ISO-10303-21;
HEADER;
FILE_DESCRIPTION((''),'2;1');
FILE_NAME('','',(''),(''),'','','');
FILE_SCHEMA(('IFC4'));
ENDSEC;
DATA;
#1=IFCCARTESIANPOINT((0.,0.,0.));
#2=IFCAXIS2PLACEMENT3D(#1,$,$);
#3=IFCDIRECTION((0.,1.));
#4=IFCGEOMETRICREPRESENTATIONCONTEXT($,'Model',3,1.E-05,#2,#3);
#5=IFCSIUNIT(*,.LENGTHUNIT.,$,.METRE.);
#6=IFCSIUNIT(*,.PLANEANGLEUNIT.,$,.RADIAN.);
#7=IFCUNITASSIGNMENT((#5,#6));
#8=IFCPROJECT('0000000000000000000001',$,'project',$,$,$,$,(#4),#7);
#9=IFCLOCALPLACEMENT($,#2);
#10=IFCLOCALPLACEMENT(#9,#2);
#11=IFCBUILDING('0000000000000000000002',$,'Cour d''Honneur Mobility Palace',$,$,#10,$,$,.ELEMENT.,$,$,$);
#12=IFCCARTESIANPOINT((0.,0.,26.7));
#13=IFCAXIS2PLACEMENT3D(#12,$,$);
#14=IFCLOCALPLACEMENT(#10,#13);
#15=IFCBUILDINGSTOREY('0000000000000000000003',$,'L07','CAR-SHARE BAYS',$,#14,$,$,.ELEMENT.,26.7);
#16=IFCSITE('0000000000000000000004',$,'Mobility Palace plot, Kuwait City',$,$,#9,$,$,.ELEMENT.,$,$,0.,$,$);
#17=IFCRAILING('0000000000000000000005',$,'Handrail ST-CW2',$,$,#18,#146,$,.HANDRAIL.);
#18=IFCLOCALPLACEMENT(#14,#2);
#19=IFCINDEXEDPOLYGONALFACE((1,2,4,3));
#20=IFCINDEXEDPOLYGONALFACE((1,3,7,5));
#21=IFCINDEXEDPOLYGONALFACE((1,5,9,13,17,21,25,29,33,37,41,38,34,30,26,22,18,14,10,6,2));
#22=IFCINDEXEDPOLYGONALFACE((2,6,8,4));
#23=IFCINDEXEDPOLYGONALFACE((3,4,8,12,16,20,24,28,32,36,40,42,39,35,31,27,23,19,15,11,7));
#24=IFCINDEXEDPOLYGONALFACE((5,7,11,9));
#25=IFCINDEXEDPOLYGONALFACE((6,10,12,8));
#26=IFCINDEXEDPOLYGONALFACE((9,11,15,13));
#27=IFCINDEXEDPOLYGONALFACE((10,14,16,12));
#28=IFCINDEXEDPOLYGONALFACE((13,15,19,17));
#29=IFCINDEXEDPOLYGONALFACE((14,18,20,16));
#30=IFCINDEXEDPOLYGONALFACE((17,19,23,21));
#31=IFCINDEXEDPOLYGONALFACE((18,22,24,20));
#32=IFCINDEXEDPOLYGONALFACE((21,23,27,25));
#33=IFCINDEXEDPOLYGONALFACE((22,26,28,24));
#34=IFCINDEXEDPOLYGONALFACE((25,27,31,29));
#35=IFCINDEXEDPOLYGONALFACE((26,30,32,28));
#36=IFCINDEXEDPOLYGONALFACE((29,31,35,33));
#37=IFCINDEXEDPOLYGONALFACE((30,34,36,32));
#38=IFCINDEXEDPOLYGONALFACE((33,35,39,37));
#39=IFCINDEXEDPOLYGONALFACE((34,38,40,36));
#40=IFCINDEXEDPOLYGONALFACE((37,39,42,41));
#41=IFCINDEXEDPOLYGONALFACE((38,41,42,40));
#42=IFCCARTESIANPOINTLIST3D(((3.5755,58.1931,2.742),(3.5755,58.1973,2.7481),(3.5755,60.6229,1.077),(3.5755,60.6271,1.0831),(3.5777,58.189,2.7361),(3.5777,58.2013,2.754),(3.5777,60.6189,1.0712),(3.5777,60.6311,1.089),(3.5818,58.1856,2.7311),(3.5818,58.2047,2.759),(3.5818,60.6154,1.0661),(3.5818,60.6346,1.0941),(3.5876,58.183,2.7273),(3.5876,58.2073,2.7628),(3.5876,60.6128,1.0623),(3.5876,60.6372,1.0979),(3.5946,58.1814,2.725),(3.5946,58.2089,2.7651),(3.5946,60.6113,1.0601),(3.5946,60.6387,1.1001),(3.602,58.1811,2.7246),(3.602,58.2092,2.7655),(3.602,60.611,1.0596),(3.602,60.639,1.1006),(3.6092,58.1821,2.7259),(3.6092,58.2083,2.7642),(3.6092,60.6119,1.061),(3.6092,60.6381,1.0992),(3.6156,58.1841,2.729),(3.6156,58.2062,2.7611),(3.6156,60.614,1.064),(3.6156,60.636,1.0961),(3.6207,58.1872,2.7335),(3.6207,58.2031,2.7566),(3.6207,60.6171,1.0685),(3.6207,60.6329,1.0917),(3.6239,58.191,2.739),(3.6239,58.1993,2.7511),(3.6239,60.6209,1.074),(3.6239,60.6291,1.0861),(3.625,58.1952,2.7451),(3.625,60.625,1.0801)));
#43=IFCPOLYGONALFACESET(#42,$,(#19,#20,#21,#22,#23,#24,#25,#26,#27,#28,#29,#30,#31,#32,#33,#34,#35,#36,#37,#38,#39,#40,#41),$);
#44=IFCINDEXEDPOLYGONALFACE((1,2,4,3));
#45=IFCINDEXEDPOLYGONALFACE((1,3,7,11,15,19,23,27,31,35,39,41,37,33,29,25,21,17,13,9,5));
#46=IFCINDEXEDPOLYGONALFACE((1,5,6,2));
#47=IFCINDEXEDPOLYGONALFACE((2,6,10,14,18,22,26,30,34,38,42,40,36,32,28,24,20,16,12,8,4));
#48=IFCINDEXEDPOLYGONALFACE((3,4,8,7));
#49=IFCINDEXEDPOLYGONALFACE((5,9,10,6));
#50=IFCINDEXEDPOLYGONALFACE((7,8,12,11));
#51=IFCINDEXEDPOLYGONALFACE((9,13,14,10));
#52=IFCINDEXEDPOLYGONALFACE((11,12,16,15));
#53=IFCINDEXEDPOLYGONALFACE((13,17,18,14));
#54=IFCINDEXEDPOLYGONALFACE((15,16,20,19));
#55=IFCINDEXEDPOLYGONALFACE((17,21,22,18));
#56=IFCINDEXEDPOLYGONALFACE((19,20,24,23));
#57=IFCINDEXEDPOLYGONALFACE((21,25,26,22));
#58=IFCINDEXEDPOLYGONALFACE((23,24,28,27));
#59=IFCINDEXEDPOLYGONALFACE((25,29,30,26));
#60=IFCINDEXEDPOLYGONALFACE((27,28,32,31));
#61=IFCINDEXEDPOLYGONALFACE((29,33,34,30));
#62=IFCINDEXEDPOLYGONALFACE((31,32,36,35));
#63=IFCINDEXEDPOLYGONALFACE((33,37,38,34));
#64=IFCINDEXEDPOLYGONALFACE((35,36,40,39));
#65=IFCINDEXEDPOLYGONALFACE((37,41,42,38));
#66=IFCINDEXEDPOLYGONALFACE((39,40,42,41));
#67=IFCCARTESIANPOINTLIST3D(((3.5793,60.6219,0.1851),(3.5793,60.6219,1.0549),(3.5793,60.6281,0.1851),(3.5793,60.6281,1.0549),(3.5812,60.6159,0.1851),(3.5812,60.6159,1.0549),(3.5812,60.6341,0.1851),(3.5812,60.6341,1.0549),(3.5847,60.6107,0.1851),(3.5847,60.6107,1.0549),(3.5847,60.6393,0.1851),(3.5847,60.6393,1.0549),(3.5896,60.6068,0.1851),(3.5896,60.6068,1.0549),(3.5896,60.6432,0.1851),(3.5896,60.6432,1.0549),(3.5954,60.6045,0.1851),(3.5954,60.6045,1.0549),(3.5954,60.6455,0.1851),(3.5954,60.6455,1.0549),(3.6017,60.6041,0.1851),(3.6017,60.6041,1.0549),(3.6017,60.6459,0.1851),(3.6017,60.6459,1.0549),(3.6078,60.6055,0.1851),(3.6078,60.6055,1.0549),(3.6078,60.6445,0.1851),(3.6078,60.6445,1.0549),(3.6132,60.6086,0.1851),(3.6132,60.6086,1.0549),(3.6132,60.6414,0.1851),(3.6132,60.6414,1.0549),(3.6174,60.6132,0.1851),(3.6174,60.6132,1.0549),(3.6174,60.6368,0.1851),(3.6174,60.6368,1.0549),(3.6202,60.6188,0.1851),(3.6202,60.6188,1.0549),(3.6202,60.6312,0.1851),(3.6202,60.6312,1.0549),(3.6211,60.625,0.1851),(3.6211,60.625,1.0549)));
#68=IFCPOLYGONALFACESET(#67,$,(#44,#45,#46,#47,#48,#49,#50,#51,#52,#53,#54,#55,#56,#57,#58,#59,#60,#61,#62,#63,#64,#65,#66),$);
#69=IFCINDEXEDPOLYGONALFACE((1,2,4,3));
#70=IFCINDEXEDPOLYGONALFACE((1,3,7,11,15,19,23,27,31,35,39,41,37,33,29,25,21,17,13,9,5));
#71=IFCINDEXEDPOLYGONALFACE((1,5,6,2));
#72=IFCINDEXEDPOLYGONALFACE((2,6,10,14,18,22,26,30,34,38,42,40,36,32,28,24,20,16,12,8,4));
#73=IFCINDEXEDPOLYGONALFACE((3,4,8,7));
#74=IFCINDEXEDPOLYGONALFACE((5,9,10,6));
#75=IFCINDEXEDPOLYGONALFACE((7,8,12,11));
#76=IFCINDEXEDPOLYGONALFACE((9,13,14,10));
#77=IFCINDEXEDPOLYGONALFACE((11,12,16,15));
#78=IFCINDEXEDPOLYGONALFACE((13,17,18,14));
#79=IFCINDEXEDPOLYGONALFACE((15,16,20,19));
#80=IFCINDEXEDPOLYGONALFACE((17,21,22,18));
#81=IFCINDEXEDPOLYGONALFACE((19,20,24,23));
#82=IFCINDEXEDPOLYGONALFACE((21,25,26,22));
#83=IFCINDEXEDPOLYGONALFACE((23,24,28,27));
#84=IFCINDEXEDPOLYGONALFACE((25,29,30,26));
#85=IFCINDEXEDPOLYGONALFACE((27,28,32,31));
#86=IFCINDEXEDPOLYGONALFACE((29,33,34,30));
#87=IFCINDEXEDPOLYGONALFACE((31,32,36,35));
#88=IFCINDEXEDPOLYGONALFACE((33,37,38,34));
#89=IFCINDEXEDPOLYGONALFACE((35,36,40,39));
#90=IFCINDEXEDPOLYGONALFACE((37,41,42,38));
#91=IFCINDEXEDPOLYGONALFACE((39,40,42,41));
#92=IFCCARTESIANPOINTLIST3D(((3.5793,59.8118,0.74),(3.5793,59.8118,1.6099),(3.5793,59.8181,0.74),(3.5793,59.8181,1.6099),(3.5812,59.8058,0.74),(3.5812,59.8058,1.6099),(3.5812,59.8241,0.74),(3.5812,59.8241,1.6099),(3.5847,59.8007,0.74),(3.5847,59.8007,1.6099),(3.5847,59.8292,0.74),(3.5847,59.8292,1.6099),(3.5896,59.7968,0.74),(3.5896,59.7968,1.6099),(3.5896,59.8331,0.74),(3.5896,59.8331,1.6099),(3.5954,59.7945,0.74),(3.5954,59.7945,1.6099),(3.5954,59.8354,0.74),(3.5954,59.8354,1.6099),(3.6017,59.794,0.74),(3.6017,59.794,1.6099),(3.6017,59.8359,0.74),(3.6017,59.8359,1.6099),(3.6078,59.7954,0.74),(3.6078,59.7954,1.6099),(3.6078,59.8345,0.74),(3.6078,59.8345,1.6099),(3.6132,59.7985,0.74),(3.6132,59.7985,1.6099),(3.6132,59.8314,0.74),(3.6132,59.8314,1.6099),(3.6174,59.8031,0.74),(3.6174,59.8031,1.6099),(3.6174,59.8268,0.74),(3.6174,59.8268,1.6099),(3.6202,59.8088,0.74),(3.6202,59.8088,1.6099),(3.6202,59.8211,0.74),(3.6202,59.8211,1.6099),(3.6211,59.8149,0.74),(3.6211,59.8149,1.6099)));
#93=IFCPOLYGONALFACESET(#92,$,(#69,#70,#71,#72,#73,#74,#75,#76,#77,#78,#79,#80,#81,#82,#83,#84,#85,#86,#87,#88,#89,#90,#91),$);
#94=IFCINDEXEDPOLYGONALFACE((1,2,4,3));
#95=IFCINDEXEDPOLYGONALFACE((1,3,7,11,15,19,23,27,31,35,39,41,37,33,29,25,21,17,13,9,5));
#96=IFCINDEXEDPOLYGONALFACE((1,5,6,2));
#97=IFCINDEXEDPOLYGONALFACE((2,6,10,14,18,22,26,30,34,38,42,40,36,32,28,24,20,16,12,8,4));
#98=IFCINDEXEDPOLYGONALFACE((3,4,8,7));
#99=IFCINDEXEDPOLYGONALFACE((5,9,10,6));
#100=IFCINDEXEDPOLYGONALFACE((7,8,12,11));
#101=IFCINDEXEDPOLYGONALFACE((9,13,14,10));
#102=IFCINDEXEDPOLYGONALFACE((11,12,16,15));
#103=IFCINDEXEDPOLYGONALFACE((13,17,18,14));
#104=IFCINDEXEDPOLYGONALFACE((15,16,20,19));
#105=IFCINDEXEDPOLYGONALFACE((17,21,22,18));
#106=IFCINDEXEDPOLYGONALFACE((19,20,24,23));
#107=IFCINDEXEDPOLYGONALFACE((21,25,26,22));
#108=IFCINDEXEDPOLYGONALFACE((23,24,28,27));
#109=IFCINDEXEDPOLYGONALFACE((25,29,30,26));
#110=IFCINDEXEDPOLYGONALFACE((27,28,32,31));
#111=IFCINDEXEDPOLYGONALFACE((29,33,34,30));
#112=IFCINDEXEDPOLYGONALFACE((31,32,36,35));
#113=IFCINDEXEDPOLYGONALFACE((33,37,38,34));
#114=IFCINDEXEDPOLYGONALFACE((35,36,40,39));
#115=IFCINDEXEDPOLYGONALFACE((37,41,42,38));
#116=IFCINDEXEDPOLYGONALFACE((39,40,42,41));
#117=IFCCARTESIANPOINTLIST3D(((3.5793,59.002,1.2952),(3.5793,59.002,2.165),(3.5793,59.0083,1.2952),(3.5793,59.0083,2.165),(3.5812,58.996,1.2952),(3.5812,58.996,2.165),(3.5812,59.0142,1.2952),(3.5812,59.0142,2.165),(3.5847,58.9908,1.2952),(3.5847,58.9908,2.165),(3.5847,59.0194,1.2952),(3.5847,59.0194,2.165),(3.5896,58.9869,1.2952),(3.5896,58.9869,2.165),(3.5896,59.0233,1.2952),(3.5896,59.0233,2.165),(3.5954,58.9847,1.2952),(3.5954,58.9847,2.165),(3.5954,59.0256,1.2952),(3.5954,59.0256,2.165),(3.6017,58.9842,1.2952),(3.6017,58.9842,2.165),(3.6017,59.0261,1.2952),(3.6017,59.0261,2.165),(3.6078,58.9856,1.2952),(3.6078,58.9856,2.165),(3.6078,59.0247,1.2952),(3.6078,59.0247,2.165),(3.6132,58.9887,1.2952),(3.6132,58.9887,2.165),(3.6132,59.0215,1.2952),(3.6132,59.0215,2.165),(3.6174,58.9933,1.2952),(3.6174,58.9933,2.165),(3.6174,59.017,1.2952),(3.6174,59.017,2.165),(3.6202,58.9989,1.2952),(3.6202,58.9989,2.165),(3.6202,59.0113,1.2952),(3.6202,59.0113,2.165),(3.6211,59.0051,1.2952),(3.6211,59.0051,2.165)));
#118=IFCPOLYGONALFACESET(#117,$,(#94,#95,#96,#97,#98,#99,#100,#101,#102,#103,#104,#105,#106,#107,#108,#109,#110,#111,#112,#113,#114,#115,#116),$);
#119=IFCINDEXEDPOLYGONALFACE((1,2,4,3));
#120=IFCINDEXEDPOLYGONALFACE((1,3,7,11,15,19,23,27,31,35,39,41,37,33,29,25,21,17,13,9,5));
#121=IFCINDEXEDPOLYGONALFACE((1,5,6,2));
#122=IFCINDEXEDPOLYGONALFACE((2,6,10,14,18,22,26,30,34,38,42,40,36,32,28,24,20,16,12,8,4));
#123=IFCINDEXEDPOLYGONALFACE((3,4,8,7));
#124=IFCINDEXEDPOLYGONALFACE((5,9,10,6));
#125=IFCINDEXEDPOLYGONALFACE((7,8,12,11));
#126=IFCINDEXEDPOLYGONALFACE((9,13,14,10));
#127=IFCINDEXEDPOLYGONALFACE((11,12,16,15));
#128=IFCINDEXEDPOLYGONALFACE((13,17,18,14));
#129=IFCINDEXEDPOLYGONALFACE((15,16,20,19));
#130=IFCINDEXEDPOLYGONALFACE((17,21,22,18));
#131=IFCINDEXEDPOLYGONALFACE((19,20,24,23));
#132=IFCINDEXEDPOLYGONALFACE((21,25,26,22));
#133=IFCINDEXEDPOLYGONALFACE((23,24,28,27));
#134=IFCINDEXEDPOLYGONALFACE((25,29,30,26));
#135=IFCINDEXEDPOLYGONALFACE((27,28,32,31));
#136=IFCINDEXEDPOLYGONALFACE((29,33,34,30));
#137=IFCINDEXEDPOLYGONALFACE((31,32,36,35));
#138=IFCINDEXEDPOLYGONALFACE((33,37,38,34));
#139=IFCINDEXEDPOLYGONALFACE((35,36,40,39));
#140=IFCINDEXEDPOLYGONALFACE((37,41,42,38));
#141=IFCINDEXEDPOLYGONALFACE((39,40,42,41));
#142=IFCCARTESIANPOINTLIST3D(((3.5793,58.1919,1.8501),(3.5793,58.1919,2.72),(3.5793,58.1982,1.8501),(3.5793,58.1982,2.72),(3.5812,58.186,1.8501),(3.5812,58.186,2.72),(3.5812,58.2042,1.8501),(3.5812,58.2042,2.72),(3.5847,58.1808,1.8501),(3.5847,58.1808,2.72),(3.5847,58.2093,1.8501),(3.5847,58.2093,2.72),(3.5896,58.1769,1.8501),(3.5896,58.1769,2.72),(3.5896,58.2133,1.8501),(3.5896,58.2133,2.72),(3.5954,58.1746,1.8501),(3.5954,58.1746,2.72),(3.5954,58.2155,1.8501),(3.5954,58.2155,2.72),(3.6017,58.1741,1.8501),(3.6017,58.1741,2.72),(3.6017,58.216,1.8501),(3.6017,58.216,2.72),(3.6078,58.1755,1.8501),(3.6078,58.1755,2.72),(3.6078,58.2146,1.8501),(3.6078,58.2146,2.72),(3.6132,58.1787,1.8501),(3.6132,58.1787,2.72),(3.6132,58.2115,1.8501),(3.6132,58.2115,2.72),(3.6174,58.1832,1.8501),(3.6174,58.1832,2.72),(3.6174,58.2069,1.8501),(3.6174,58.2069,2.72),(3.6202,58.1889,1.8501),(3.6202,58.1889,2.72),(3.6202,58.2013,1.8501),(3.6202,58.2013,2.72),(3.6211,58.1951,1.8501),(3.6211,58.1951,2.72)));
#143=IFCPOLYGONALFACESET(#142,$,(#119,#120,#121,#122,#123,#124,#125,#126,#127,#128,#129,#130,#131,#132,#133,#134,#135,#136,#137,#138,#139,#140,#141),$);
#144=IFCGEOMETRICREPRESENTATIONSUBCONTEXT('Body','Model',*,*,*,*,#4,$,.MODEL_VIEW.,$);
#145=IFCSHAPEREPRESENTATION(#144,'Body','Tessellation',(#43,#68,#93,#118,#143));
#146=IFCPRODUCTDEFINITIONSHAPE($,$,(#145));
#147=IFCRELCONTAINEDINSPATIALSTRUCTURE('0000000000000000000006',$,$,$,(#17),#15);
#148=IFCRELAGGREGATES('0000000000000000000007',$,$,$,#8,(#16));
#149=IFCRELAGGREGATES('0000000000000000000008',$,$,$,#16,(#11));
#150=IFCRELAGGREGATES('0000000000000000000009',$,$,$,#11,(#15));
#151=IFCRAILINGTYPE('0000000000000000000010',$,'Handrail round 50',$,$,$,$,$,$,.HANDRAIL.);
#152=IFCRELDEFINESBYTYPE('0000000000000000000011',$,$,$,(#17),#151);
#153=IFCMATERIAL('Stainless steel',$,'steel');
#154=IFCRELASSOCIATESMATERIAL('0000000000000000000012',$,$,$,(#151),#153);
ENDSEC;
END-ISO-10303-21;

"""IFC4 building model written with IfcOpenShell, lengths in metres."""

from ifc_helpers import new_model, si_unit, direction, frame, origin, origin_2d, place, context, subcontext, project, spatial, circle, extrude, material, type_object, element, save


model = new_model("IFC4")

# Units and contexts
model_context = context("Model", 3, precision=1e-05, world=origin(), true_north=direction((0.0, 1.0)))
body_context = subcontext(model_context, "Body", "Model", "MODEL_VIEW")
ifc_project = project(units=[si_unit("LENGTHUNIT", "METRE"), si_unit("PLANEANGLEUNIT", "RADIAN")], contexts=[model_context])

# Site, building, storey
site_placement = place(None, origin())
site = spatial("IfcSite", under=ifc_project, at=site_placement, Name="Mobility Palace plot, Kuwait City", CompositionType="ELEMENT", RefElevation=0.0)
building_placement = place(site_placement, origin())
building = spatial("IfcBuilding", under=site, at=building_placement, Name="Cour d'Honneur Mobility Palace", CompositionType="ELEMENT")
storey_placement = place(building_placement, frame((0.0, 0.0, 26.7)))
storey = spatial("IfcBuildingStorey", under=building, at=storey_placement, Name="L07", Description="CAR-SHARE BAYS", CompositionType="ELEMENT", Elevation=26.7)

# Railing
ifc_material_1 = material(Name="Stainless steel", Category="steel")
railing_type_1 = type_object("IfcRailingType", Name="Handrail round 50", PredefinedType="HANDRAIL", material=ifc_material_1)
railing_1_placement = place(storey_placement, frame((3.6001, 60.625, 0.1851)))
element("IfcRailing", 1, at=railing_1_placement, inside=storey, type_object=railing_type_1, Name="Handrail ST-CW2", PredefinedType="HANDRAIL", context=body_context, shape_type="SweptSolid", body=[
    extrude(circle(Radius=0.0249, at=origin_2d()), frame((0.0, 0.0, 0.895), z_axis=(0.0, -0.824919, 0.565251), x_axis=(1.0, 0.0, 0.0)), (0.0, 0.0, 1.0), 2.9456),
    extrude(circle(Radius=0.021, at=origin_2d()), origin(), (0.0, 0.0, 1.0), 0.8699),
    extrude(circle(Radius=0.021, at=origin_2d()), frame((0.0, -0.8101, 0.5549)), (0.0, 0.0, 1.0), 0.8699),
    extrude(circle(Radius=0.021, at=origin_2d()), frame((0.0, -1.6199, 1.1101)), (0.0, 0.0, 1.0), 0.8699),
    extrude(circle(Radius=0.021, at=origin_2d()), frame((0.0, -2.4299, 1.665)), (0.0, 0.0, 1.0), 0.8699),
])

save(model, "model.ifc")
